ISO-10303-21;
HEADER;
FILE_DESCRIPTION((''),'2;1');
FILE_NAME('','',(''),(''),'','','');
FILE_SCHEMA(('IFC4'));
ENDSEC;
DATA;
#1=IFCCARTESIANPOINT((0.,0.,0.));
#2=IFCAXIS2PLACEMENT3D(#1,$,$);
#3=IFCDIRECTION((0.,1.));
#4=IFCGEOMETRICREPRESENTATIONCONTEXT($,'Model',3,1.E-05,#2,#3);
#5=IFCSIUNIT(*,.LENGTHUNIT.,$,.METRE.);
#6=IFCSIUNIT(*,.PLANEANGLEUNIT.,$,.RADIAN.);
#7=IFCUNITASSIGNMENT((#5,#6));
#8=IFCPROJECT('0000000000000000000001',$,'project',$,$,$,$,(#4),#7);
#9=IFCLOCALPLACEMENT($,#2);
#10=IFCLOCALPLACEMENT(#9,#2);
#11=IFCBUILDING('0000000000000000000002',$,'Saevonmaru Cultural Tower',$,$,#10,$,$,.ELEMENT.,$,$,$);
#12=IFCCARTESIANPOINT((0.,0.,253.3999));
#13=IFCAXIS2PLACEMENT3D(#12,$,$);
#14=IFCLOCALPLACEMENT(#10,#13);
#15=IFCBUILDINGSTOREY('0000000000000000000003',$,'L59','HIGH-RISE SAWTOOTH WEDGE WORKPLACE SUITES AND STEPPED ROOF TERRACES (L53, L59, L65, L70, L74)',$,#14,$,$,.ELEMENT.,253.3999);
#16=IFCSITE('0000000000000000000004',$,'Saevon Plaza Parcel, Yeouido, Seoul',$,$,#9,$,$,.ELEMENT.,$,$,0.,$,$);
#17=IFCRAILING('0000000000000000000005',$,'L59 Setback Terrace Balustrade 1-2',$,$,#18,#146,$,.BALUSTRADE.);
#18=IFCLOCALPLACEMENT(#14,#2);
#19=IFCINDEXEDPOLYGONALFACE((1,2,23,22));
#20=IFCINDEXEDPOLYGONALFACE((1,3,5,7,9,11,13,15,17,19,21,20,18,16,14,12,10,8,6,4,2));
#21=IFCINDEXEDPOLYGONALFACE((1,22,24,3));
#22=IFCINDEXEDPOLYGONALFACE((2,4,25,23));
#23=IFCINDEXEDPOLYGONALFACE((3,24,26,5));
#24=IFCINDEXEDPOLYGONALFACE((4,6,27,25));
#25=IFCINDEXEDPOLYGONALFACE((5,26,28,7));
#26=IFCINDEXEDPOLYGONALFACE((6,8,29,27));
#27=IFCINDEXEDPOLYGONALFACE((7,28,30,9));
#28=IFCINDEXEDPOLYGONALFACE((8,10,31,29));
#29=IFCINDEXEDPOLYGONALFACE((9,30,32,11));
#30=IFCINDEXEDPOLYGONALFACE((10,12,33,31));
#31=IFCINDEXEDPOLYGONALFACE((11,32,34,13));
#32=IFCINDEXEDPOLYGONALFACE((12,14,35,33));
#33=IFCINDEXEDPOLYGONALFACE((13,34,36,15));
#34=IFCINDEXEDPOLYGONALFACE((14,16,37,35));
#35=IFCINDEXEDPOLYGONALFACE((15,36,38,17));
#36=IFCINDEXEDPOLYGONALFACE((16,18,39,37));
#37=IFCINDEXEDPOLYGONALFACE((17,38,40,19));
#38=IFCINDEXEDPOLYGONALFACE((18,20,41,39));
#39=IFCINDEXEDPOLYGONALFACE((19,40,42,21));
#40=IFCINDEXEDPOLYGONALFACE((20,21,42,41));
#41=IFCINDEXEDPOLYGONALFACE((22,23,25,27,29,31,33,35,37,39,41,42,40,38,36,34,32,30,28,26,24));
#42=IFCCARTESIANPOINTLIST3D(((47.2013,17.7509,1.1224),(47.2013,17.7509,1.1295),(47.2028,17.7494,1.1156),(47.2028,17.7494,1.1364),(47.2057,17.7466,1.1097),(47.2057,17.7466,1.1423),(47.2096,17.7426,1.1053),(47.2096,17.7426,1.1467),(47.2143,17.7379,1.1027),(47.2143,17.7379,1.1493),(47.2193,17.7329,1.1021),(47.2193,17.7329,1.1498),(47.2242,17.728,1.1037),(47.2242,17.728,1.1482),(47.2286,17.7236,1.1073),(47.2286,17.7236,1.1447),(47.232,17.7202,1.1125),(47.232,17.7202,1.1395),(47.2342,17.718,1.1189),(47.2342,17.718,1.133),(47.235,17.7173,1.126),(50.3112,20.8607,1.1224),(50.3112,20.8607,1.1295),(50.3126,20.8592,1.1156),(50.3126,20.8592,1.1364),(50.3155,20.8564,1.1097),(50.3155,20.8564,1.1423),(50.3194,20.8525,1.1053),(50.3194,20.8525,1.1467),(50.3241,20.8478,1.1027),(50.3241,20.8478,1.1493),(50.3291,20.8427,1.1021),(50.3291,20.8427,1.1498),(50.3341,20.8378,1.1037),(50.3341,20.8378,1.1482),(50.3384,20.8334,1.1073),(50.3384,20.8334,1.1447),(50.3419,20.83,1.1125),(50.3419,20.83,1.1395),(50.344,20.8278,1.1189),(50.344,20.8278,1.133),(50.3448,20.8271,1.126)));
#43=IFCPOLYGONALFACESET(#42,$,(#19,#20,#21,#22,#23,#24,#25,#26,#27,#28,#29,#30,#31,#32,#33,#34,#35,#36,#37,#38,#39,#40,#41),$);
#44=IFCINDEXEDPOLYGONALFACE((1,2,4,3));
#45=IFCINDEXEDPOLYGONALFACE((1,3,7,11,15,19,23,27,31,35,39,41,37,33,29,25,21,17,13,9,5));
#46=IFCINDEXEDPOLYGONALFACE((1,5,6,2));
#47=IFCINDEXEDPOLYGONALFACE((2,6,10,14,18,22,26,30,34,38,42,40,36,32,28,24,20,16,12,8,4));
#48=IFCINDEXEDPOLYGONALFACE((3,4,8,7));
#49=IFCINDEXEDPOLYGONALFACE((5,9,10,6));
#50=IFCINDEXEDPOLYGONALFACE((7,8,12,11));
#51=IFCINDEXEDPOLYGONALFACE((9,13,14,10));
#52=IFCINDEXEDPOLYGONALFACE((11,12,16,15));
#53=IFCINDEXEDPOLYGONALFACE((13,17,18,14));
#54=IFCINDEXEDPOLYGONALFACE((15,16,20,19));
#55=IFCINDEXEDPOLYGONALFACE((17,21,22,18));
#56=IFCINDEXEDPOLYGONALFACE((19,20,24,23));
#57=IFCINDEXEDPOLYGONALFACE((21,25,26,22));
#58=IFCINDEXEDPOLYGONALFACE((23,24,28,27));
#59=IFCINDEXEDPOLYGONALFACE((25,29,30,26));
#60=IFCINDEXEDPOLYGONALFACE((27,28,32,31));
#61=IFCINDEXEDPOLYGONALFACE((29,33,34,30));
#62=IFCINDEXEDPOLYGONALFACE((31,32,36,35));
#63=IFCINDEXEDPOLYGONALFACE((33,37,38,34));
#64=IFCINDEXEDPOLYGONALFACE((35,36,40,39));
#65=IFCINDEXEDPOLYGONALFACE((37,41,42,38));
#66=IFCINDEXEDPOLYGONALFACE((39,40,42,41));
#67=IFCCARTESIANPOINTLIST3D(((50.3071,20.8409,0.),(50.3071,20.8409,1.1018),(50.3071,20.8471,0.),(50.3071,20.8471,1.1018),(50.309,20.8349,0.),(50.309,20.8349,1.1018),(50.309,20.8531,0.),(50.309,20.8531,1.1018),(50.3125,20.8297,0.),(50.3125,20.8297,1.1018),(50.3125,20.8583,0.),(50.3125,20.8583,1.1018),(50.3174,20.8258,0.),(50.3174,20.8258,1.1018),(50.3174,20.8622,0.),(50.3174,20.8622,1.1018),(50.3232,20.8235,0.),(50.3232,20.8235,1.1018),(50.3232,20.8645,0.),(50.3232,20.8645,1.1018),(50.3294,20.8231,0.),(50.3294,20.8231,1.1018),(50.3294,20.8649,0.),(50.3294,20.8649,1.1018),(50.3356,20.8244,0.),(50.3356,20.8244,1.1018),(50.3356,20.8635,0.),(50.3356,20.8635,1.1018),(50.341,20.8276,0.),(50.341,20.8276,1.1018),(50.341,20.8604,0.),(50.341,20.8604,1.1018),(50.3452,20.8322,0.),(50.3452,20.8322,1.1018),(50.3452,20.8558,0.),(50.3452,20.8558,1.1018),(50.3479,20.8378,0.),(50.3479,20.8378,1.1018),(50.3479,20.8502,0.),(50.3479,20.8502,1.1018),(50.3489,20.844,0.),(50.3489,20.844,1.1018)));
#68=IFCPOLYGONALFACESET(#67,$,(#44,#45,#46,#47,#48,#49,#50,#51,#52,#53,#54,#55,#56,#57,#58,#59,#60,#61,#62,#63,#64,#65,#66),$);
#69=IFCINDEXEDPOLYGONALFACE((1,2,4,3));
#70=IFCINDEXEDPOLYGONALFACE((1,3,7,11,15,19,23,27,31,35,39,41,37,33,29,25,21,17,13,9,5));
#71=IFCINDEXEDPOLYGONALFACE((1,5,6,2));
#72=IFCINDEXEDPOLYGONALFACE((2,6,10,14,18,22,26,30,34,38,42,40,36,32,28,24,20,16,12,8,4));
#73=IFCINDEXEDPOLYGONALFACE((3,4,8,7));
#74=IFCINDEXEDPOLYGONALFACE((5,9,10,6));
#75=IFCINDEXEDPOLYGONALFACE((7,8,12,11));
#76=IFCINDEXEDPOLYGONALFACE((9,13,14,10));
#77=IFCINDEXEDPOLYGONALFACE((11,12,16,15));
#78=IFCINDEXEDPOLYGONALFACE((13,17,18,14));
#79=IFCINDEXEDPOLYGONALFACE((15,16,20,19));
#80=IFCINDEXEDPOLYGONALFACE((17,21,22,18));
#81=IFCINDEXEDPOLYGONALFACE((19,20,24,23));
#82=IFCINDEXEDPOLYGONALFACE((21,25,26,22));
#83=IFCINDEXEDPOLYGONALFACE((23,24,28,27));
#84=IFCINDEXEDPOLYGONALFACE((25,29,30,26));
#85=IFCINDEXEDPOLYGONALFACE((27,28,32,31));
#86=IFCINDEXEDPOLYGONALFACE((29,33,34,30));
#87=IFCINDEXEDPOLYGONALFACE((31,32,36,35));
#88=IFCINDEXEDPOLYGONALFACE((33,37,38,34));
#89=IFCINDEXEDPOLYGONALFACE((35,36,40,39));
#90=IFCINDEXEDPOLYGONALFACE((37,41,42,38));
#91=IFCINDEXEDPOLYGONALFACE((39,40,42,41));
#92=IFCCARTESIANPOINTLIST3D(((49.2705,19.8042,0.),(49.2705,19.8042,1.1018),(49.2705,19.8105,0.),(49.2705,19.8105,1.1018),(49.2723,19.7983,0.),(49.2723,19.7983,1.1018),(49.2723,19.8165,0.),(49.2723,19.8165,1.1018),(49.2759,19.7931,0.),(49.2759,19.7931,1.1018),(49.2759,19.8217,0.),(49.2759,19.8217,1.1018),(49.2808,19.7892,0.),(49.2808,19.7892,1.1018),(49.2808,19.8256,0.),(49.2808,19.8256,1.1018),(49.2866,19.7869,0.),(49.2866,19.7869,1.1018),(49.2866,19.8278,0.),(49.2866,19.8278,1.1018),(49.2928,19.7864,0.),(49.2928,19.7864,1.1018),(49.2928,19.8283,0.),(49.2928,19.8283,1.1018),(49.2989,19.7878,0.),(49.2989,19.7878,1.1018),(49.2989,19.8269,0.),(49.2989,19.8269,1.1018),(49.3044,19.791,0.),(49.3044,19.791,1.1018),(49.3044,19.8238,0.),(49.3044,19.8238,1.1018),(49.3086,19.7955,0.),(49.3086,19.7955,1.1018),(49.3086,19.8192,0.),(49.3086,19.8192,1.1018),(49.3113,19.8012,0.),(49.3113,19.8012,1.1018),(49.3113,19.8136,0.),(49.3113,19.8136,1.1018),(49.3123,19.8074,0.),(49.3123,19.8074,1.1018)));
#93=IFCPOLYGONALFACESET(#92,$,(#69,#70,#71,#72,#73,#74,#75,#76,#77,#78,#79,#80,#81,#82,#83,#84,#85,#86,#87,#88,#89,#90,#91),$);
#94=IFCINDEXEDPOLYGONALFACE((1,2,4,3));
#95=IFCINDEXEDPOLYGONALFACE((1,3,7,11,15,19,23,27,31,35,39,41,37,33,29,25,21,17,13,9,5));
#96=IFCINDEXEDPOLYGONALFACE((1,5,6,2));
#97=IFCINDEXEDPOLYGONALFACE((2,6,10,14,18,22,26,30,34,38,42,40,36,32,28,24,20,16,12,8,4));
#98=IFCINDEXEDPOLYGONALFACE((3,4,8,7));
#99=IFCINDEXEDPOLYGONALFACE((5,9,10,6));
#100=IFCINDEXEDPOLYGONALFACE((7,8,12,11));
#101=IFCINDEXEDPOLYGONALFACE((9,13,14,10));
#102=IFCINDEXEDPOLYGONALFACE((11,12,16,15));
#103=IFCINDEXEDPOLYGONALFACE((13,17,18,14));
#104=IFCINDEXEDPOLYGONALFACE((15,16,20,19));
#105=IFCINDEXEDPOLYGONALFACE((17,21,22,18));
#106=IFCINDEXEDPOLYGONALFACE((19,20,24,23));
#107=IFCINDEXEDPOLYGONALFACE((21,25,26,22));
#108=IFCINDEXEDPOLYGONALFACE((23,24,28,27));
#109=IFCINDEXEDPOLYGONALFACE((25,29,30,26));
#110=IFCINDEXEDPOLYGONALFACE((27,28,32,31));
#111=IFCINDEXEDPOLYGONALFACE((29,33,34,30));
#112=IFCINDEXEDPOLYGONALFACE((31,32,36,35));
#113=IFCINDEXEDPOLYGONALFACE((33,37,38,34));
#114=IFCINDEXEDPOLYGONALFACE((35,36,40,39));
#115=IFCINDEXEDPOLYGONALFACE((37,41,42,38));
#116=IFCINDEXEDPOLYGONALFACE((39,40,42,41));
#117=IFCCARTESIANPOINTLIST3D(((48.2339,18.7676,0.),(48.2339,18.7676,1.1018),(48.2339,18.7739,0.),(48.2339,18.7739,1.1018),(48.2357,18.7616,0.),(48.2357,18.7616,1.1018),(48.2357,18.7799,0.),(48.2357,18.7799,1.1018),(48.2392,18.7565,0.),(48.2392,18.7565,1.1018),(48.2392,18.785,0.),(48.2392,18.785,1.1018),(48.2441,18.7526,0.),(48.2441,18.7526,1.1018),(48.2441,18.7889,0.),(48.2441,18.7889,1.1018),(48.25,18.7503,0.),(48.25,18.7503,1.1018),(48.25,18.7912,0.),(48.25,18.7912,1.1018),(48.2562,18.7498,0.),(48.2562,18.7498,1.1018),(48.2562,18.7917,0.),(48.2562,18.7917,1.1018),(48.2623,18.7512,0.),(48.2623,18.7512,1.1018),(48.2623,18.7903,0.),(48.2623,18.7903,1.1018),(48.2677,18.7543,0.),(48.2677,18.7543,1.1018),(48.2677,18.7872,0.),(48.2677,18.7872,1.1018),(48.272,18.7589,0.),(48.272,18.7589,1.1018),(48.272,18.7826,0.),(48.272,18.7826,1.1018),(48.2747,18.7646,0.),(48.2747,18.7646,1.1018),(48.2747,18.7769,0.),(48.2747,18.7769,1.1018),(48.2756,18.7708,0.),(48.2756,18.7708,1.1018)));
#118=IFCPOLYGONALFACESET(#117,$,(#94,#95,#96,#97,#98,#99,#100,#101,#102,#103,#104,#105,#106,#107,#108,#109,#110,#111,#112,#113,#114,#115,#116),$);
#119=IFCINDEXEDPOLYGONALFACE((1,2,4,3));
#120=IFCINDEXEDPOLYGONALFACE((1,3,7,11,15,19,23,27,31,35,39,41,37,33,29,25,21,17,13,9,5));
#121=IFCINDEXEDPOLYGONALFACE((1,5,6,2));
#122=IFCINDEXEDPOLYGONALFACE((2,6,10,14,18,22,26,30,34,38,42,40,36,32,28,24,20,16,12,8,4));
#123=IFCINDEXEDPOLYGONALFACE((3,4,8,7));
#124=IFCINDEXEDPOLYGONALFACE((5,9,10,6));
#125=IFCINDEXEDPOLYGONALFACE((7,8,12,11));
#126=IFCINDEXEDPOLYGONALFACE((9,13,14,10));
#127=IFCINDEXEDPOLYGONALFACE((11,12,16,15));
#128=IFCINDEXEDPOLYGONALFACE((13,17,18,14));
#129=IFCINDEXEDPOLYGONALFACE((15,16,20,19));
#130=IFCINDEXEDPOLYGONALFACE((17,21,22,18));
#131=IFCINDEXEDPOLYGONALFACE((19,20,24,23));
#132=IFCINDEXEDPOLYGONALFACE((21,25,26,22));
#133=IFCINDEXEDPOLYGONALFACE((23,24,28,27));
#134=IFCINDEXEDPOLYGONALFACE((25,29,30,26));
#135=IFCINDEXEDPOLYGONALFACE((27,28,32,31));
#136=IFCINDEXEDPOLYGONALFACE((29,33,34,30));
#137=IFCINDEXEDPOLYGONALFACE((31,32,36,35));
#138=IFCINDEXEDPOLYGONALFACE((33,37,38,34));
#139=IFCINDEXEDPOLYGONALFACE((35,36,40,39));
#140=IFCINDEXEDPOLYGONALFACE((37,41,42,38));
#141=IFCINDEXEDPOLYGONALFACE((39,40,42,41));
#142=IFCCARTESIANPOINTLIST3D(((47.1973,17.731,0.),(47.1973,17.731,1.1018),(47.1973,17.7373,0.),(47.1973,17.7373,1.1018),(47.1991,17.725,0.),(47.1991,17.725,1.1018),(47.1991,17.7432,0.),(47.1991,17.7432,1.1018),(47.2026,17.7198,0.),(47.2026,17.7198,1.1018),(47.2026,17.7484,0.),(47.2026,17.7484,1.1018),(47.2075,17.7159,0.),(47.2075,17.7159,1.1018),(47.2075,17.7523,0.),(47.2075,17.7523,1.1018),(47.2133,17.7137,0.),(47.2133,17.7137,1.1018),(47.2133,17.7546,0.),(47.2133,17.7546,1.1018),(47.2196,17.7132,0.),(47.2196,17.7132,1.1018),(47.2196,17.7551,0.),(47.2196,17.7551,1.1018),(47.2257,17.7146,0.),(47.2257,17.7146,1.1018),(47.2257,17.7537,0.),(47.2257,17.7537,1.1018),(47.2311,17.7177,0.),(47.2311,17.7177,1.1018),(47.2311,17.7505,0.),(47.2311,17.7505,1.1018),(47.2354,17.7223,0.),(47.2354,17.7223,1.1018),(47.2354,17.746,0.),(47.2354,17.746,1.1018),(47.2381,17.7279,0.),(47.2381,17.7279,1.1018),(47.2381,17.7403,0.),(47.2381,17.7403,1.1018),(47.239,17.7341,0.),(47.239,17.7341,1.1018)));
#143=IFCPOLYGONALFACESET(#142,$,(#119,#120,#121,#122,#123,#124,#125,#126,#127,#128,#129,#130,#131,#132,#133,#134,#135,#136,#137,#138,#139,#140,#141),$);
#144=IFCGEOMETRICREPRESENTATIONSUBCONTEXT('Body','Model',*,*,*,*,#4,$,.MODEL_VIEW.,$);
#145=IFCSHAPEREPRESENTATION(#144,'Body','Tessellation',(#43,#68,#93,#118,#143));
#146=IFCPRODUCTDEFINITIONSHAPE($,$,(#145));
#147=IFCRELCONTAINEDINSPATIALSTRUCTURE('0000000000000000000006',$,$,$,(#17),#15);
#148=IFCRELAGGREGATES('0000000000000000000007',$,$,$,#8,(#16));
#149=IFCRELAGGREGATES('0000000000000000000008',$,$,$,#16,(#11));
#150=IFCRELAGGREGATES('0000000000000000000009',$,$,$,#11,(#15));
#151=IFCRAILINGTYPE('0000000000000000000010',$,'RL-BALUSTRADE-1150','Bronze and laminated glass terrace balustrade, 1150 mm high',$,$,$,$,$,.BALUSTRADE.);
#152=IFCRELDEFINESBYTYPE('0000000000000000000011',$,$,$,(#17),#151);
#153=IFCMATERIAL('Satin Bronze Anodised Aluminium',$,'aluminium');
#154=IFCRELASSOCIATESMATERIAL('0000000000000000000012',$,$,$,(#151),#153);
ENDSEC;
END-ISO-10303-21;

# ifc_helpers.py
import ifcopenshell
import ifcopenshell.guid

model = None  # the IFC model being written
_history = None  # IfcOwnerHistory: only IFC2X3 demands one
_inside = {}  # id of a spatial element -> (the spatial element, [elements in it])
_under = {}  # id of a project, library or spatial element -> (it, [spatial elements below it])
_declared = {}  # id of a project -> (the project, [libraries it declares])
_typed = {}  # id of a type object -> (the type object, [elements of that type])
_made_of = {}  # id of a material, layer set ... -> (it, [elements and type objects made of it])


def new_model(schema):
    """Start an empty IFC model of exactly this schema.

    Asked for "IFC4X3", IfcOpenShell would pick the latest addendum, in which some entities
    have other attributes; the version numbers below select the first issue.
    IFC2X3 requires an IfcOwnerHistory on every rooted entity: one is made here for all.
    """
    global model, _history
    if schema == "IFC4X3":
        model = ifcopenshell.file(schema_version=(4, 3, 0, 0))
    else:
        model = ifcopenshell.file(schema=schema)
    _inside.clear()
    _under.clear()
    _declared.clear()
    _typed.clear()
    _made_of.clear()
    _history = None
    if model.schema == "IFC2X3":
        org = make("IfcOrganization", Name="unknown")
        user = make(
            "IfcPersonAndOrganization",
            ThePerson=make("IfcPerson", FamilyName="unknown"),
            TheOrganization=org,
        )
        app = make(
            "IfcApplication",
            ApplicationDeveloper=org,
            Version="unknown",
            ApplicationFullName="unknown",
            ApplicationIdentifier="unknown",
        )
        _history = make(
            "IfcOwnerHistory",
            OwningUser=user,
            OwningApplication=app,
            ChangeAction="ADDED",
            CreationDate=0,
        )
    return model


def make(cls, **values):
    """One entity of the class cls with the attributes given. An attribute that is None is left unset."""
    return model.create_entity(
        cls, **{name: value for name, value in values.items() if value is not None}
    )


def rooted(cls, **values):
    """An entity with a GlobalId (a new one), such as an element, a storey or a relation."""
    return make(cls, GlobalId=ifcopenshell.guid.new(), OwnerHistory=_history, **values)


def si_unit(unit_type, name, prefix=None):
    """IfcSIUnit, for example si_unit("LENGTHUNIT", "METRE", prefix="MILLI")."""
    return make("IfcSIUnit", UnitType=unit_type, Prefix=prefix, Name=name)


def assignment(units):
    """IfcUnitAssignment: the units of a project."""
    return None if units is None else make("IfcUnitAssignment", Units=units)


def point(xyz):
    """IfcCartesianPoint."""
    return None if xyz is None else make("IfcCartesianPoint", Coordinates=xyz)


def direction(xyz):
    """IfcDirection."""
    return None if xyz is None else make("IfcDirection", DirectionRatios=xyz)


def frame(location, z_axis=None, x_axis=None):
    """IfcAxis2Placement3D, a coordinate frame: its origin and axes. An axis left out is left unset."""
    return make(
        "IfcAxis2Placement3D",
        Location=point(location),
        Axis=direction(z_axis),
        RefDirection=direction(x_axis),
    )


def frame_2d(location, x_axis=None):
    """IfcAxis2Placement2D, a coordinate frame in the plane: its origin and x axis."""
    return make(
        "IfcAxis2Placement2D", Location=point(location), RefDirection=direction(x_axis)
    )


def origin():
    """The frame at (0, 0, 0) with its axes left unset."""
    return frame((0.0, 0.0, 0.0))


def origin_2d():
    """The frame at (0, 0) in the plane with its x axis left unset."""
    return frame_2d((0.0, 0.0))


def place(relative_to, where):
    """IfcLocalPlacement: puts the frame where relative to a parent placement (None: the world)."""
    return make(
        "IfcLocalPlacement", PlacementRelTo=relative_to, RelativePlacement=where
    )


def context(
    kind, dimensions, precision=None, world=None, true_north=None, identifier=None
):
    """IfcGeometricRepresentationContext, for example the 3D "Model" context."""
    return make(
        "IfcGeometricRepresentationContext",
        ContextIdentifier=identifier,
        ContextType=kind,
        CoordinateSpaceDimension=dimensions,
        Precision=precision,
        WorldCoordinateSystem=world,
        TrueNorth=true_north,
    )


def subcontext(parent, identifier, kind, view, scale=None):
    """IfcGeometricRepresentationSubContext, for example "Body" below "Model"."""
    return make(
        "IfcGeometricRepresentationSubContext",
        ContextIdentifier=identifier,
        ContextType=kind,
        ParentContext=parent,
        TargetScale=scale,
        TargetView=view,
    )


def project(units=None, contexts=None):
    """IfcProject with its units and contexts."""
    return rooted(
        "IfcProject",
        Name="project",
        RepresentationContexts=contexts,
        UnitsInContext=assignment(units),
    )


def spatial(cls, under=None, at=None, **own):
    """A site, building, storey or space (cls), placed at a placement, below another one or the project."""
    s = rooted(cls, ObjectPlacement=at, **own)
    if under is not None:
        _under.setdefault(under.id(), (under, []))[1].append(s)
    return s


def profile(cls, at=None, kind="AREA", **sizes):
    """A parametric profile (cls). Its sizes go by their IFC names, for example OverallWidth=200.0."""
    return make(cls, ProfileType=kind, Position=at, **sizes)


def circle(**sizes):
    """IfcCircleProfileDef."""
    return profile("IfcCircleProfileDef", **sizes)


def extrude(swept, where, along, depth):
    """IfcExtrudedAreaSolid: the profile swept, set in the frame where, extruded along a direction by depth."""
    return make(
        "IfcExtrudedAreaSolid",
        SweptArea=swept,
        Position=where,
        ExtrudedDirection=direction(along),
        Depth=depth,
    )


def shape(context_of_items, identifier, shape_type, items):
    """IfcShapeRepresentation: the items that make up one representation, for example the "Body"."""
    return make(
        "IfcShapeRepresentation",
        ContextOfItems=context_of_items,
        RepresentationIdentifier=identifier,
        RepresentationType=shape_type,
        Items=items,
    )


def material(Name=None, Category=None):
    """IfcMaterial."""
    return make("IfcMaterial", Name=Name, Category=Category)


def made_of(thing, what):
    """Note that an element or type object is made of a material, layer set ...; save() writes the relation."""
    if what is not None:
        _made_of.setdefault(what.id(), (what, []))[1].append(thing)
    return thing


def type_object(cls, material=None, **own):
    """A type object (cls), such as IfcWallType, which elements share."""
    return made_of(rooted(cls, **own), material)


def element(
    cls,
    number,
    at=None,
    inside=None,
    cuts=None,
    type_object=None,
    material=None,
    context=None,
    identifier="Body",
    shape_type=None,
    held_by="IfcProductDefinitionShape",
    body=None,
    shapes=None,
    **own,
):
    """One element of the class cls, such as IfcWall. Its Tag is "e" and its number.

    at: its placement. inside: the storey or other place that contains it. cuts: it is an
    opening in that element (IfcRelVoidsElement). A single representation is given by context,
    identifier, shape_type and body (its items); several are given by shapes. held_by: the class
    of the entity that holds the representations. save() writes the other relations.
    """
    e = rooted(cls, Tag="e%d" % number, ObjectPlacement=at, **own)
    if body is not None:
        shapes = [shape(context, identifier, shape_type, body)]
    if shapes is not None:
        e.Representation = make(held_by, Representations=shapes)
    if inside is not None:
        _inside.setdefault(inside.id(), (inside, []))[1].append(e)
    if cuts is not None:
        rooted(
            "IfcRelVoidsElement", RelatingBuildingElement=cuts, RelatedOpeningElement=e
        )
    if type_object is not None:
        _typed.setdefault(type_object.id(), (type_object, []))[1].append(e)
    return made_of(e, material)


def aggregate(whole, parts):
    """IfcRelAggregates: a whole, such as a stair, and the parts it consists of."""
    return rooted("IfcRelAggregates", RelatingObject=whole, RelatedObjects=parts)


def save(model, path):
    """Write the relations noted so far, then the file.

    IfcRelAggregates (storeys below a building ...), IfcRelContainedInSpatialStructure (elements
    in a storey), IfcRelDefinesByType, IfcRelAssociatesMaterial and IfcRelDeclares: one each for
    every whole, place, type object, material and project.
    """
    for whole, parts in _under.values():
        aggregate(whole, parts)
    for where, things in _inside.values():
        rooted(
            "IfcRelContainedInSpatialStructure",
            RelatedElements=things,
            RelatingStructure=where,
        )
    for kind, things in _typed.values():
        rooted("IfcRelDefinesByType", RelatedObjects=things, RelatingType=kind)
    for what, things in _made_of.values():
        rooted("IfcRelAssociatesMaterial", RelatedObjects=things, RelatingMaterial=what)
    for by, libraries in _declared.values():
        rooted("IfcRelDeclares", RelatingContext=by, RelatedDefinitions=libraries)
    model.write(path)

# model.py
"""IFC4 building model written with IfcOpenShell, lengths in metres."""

from ifc_helpers import new_model, si_unit, direction, frame, origin, origin_2d, place, context, subcontext, project, spatial, circle, extrude, material, type_object, element, save


model = new_model("IFC4")

# Units and contexts
model_context = context("Model", 3, precision=1e-05, world=origin(), true_north=direction((0.0, 1.0)))
body_context = subcontext(model_context, "Body", "Model", "MODEL_VIEW")
ifc_project = project(units=[si_unit("LENGTHUNIT", "METRE"), si_unit("PLANEANGLEUNIT", "RADIAN")], contexts=[model_context])

# Site, building, storey
site_placement = place(None, origin())
site = spatial("IfcSite", under=ifc_project, at=site_placement, Name="Saevon Plaza Parcel, Yeouido, Seoul", CompositionType="ELEMENT", RefElevation=0.0)
building_placement = place(site_placement, origin())
building = spatial("IfcBuilding", under=site, at=building_placement, Name="Saevonmaru Cultural Tower", CompositionType="ELEMENT")
storey_placement = place(building_placement, frame((0.0, 0.0, 253.3999)))
storey = spatial("IfcBuildingStorey", under=building, at=storey_placement, Name="L59", Description="HIGH-RISE SAWTOOTH WEDGE WORKPLACE SUITES AND STEPPED ROOF TERRACES (L53, L59, L65, L70, L74)", CompositionType="ELEMENT", Elevation=253.3999)

# Shared definitions
ifc_material_1 = material(Name="Satin Bronze Anodised Aluminium", Category="aluminium")

# Railing
railing_type = type_object("IfcRailingType", Name="RL-BALUSTRADE-1150", Description="Bronze and laminated glass terrace balustrade, 1150 mm high", PredefinedType="BALUSTRADE", material=ifc_material_1)
railing_1_placement = place(storey_placement, frame((50.3279, 20.844, 0.0)))
element("IfcRailing", 1, at=railing_1_placement, inside=storey, type_object=railing_type, Name="L59 Setback Terrace Balustrade 1-2", PredefinedType="BALUSTRADE", context=body_context, shape_type="SweptSolid", body=[
    extrude(circle(Radius=0.0239, at=origin_2d()), frame((0.0, 0.0, 1.126), z_axis=(-0.707107, -0.707107, 0.0), x_axis=(0.707107, -0.707107, 0.0)), (0.0, 0.0, 1.0), 4.3979),
    extrude(circle(Radius=0.021, at=origin_2d()), origin(), (0.0, 0.0, 1.0), 1.1018),
    extrude(circle(Radius=0.021, at=origin_2d()), frame((-1.0366, -1.0366, 0.0)), (0.0, 0.0, 1.0), 1.1018),
    extrude(circle(Radius=0.021, at=origin_2d()), frame((-2.0732, -2.0732, 0.0)), (0.0, 0.0, 1.0), 1.1018),
    extrude(circle(Radius=0.021, at=origin_2d()), frame((-3.1099, -3.1099, 0.0)), (0.0, 0.0, 1.0), 1.1018),
])

save(model, "model.ifc")
